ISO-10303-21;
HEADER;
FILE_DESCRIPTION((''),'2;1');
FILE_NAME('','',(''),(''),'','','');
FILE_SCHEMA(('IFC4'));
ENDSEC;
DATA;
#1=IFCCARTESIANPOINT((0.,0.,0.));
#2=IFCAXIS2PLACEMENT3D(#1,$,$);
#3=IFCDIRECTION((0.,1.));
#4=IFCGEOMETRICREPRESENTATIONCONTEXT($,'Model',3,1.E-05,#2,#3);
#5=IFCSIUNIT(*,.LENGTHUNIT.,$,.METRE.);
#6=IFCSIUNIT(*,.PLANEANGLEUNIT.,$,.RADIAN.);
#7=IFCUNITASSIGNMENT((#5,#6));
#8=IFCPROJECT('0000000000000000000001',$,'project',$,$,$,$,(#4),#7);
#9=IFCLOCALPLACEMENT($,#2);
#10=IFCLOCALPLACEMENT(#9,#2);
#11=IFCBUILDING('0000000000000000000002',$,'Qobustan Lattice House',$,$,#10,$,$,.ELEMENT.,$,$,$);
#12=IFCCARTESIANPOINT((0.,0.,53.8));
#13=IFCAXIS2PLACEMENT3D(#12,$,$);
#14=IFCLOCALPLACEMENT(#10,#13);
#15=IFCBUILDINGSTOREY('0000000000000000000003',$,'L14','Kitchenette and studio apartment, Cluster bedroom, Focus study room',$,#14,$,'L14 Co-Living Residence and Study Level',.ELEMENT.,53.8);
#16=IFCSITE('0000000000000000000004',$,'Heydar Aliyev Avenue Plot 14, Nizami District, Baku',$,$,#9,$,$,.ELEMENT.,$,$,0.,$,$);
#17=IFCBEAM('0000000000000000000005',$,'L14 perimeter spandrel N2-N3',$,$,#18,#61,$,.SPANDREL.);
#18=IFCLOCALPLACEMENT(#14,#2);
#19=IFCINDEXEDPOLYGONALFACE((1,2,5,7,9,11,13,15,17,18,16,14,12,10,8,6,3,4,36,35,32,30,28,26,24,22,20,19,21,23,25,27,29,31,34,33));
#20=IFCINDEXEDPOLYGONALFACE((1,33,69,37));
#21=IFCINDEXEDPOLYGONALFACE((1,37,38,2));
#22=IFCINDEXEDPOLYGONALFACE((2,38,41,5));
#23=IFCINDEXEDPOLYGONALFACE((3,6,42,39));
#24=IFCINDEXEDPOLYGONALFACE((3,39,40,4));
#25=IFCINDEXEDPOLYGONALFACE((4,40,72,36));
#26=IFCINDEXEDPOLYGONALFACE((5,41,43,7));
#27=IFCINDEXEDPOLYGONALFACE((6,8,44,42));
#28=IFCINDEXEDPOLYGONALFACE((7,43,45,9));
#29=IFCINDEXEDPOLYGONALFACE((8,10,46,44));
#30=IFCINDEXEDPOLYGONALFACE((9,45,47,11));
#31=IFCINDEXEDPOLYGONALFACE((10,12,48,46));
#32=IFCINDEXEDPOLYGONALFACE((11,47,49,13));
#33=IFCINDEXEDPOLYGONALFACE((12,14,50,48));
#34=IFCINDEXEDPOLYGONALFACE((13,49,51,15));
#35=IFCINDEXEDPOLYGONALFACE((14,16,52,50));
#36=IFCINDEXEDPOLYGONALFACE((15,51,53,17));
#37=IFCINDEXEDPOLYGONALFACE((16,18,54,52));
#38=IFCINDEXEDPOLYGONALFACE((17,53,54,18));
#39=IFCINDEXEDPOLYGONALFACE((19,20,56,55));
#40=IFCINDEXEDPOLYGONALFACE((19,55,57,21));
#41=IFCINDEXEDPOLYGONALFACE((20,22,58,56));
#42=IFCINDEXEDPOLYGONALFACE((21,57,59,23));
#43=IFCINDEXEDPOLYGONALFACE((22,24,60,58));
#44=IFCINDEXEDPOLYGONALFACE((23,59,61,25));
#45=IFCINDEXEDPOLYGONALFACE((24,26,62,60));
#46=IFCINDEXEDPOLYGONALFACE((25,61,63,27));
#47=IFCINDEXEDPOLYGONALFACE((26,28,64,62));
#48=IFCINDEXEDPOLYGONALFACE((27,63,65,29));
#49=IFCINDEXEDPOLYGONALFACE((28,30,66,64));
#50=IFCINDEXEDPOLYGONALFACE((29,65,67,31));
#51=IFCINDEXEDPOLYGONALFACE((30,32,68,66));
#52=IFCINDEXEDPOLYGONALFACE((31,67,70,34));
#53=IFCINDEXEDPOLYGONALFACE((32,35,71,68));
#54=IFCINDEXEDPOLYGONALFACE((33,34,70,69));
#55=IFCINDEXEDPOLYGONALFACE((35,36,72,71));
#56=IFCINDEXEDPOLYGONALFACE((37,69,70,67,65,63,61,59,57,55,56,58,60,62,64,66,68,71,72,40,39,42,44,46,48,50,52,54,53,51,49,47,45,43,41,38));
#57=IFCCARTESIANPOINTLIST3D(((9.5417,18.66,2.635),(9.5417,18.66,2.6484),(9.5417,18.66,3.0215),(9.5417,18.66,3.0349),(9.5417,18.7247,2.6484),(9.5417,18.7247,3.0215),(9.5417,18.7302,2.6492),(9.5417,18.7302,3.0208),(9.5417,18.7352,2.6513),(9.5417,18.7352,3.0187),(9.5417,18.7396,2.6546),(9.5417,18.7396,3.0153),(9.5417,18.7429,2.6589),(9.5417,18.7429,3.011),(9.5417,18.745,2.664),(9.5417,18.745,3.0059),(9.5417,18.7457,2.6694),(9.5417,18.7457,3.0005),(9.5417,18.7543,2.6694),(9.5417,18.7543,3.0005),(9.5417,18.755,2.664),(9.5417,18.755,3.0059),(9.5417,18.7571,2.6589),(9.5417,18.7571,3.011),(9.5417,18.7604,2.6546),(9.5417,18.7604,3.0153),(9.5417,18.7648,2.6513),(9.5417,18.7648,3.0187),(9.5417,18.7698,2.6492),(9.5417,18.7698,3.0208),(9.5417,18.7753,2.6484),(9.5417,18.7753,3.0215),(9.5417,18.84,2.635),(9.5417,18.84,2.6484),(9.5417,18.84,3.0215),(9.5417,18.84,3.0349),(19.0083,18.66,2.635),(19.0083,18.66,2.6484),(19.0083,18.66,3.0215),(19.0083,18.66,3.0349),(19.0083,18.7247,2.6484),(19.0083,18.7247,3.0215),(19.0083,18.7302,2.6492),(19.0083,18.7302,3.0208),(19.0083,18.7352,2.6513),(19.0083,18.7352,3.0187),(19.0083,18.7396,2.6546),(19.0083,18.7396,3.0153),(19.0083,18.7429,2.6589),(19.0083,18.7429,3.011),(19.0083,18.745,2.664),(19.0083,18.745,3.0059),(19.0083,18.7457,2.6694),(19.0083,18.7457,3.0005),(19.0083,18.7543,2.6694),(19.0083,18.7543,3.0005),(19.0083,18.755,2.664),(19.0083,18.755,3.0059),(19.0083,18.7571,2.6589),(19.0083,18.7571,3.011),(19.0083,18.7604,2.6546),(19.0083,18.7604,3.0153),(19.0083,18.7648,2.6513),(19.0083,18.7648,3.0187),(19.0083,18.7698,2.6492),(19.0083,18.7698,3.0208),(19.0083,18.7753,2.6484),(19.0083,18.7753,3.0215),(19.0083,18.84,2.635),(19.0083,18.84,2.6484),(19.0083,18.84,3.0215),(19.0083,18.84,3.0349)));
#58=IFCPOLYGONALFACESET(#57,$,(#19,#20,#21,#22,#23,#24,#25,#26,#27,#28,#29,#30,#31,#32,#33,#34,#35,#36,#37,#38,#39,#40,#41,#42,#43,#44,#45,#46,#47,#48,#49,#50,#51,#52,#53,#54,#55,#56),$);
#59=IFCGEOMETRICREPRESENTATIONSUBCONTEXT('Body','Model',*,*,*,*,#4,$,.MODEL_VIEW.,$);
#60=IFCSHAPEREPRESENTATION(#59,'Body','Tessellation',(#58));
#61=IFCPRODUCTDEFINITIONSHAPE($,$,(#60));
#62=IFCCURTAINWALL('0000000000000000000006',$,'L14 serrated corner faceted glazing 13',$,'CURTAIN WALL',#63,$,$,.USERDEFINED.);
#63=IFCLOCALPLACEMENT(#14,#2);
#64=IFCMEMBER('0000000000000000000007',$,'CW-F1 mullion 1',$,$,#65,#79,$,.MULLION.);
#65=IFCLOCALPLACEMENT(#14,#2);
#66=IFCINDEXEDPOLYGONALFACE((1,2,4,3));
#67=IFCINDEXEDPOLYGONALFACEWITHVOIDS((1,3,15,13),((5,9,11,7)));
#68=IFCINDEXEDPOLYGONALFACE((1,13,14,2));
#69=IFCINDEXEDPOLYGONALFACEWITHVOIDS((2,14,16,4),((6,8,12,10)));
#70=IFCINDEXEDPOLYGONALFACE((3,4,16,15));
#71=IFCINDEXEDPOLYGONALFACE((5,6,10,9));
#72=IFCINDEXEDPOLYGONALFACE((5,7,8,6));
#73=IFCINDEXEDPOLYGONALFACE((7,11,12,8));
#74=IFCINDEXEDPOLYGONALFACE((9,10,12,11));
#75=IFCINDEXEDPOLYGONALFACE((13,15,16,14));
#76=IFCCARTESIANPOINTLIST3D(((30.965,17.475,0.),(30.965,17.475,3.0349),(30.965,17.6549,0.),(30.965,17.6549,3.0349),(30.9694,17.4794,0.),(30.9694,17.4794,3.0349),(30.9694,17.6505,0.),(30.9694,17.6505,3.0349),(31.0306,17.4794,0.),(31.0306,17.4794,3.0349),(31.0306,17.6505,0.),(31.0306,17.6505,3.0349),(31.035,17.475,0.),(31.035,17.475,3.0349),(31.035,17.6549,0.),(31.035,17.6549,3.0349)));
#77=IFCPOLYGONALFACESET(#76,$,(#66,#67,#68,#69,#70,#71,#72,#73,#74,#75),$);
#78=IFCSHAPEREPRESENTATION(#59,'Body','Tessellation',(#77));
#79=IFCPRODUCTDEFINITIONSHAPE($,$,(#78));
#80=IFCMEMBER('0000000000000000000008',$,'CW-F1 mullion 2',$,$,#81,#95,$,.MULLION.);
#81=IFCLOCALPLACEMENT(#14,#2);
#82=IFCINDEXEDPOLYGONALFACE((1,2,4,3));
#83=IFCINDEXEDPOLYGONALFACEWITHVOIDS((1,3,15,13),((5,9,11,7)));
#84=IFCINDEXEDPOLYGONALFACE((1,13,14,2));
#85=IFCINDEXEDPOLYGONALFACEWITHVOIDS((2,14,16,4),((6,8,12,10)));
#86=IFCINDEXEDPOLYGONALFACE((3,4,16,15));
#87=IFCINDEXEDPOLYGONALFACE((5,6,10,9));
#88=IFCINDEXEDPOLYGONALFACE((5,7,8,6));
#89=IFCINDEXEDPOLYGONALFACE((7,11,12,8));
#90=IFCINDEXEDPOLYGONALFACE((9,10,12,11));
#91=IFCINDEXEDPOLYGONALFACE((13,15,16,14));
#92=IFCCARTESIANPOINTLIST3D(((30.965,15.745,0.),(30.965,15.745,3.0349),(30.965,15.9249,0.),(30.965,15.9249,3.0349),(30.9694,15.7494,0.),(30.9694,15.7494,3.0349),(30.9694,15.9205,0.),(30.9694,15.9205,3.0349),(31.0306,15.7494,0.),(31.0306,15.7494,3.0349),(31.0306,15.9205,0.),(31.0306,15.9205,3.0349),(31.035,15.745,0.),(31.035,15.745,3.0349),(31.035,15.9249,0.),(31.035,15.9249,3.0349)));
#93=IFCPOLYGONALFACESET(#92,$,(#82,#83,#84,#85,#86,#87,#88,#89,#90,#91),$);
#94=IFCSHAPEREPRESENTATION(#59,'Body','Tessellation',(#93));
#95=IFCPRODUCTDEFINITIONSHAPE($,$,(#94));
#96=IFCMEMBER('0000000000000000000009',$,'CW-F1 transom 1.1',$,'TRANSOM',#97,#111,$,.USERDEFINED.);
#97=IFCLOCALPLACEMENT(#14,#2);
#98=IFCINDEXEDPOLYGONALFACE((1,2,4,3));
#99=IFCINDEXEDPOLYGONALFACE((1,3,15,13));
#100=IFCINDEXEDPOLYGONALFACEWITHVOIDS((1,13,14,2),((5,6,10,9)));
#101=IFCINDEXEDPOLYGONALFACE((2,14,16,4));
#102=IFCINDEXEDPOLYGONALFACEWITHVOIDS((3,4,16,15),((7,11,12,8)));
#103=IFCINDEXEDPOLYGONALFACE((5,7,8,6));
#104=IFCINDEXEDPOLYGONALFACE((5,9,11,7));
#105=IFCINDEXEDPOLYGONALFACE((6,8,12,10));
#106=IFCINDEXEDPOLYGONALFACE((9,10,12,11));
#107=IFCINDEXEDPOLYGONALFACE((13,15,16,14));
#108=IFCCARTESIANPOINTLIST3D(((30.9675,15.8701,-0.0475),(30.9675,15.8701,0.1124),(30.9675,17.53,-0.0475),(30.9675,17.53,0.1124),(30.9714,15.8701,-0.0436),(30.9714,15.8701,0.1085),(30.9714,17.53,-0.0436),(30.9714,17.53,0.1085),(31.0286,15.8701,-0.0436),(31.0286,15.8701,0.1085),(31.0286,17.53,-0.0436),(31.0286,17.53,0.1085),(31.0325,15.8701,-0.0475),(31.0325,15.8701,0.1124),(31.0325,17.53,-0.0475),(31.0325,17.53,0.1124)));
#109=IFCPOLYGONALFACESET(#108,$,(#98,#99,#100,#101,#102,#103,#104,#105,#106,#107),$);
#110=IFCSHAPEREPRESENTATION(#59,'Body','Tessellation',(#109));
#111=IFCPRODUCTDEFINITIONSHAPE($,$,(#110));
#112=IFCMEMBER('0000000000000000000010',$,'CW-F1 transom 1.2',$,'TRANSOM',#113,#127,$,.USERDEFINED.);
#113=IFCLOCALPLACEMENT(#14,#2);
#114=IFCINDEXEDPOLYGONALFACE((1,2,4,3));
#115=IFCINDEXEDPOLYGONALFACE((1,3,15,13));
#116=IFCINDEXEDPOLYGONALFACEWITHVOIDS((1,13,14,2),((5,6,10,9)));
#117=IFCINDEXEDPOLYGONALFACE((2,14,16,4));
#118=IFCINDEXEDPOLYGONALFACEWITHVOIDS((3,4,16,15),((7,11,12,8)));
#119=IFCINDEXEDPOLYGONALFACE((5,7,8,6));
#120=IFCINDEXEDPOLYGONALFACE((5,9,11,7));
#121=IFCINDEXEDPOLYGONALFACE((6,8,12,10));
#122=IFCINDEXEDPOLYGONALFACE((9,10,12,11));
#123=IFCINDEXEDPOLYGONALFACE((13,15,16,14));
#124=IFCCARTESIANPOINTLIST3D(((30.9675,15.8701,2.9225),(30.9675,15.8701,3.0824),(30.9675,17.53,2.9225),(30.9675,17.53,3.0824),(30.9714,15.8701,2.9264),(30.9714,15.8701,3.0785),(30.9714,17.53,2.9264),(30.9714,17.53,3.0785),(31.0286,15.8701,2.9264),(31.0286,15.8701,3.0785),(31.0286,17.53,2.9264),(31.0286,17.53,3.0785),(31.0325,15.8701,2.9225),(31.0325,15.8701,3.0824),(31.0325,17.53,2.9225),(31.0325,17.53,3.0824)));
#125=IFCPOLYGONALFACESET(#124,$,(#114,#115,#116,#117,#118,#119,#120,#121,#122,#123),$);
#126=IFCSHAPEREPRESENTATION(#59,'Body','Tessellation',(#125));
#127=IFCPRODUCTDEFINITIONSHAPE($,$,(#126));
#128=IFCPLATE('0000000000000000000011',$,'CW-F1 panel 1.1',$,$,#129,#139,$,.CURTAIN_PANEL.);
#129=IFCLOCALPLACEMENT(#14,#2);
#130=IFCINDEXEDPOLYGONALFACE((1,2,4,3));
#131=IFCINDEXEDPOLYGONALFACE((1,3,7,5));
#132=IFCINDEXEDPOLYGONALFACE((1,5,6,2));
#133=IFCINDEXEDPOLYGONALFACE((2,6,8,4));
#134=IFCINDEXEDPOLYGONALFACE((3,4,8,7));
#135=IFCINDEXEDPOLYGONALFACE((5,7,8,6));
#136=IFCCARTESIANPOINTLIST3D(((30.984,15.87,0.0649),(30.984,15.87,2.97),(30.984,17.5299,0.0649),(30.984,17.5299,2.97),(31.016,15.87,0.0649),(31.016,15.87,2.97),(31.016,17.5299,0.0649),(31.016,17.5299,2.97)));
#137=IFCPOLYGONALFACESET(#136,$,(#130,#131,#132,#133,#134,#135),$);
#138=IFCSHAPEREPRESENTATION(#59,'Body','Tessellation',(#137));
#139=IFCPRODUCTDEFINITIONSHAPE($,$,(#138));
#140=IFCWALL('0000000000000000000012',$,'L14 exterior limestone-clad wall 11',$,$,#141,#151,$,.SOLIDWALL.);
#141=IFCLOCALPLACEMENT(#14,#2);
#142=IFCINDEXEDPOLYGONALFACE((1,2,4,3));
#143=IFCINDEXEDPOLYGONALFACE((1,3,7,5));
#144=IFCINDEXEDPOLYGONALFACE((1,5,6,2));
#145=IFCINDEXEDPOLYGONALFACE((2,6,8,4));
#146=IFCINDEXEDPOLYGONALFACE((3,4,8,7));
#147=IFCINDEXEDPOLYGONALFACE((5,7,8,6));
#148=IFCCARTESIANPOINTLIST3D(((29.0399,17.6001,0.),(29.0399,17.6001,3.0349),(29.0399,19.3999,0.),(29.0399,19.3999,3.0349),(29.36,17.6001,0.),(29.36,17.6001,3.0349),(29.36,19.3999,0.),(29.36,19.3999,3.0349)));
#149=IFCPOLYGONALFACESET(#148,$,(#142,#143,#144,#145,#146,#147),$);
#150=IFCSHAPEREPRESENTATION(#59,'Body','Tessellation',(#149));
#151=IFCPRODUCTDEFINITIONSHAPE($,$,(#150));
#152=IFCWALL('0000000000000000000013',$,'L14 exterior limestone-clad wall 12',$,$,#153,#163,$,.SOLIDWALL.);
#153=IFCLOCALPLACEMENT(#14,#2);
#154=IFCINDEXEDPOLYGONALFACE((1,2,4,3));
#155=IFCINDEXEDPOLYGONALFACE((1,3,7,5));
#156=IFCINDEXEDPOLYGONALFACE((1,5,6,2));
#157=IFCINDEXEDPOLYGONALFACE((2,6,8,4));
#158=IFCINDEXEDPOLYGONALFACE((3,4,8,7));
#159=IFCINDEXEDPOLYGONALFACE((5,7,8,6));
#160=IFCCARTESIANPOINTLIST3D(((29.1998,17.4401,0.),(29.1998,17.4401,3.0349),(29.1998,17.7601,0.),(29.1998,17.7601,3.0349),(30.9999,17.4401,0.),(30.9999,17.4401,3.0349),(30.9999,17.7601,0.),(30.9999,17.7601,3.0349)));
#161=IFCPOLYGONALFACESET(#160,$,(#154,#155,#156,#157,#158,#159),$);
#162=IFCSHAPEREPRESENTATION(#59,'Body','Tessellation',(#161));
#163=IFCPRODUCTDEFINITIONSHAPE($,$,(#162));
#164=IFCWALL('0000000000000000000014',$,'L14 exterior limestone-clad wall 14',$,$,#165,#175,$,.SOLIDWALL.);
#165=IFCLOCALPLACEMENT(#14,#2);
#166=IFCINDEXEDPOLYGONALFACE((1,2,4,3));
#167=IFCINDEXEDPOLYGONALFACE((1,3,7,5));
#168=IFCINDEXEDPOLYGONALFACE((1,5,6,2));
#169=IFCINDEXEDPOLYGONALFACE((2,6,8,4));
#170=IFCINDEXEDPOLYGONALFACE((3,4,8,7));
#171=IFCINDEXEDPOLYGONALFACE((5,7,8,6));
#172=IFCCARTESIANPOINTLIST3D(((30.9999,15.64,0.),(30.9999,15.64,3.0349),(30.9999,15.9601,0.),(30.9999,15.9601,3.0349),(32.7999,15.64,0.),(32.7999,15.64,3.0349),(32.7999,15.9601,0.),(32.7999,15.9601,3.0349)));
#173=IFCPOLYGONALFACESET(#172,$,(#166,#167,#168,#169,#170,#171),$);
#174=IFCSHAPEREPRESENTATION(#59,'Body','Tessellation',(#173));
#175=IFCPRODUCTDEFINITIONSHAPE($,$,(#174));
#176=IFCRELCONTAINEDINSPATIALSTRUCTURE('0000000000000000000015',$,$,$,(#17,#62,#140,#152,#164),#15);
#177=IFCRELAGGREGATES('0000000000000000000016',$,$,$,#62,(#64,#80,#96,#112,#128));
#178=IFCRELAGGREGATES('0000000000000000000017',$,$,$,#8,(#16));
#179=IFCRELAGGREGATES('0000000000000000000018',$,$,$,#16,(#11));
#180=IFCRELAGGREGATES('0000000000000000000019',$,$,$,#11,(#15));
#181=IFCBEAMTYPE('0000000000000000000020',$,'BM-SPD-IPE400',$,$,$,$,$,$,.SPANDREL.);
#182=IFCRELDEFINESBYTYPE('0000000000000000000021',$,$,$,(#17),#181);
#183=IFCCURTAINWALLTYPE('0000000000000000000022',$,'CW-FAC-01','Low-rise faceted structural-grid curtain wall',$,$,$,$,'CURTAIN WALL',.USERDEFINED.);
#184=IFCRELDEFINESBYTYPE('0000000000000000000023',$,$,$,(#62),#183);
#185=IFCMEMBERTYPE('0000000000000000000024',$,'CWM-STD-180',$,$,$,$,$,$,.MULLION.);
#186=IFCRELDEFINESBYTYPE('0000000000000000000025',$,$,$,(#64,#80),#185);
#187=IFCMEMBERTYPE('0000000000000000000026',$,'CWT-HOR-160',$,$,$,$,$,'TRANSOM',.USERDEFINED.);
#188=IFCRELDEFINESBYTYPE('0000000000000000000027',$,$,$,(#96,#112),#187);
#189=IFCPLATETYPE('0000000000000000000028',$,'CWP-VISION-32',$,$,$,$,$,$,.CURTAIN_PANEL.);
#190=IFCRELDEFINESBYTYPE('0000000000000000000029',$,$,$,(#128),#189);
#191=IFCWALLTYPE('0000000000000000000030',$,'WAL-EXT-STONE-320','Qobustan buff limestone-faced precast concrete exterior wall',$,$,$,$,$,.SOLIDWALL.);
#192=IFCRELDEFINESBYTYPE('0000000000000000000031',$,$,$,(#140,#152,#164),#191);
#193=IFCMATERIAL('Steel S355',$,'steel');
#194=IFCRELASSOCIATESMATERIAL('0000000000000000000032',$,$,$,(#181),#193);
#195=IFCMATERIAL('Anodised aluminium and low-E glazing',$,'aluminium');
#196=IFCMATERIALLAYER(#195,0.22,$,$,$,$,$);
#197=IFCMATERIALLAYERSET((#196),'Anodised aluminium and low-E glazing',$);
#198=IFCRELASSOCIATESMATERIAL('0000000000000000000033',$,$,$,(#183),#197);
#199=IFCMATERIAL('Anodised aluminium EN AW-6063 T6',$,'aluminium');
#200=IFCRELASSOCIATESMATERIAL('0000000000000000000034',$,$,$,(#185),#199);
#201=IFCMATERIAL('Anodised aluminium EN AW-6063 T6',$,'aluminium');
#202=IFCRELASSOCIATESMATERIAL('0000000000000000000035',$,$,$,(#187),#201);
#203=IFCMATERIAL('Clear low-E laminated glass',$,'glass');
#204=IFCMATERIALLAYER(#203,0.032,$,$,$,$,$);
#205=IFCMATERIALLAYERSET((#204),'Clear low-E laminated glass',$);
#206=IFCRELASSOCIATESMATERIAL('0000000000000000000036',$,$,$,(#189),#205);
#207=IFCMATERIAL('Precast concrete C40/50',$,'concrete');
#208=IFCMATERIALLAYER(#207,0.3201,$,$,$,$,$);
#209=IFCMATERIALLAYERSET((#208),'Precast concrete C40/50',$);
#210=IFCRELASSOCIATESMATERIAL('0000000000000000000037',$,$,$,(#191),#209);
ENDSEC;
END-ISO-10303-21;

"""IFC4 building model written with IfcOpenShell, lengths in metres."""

from ifc_helpers import new_model, si_unit, direction, frame, frame_2d, origin, origin_2d, place, context, subcontext, project, spatial, rectangle, hollow_rectangle, i_section, extrude, material, layer, layer_set, material_profile, profile_set, type_object, element, aggregate, save


model = new_model("IFC4")

# Units and contexts
model_context = context("Model", 3, precision=1e-05, world=origin(), true_north=direction((0.0, 1.0)))
body_context = subcontext(model_context, "Body", "Model", "MODEL_VIEW")
ifc_project = project(units=[si_unit("LENGTHUNIT", "METRE"), si_unit("PLANEANGLEUNIT", "RADIAN")], contexts=[model_context])

# Site, building, storey
site_placement = place(None, origin())
site = spatial("IfcSite", under=ifc_project, at=site_placement, Name="Heydar Aliyev Avenue Plot 14, Nizami District, Baku", CompositionType="ELEMENT", RefElevation=0.0)
building_placement = place(site_placement, origin())
building = spatial("IfcBuilding", under=site, at=building_placement, Name="Qobustan Lattice House", CompositionType="ELEMENT")
storey_placement = place(building_placement, frame((0.0, 0.0, 53.8)))
storey = spatial("IfcBuildingStorey", under=building, at=storey_placement, Name="L14", Description="Kitchenette and studio apartment, Cluster bedroom, Focus study room", LongName="L14 Co-Living Residence and Study Level", CompositionType="ELEMENT", Elevation=53.8)

# Beam
ifc_material_1 = material(Name="Steel S355", Category="steel")
ifc_material_profile_1 = material_profile(ifc_material_1, i_section(OverallWidth=0.1799, OverallDepth=0.3999, WebThickness=0.0085, FlangeThickness=0.0134, FilletRadius=0.021, at=origin_2d()), Name="IPE400")
ifc_profile_set_1 = profile_set([ifc_material_profile_1], Name="Steel S355")
beam_type_1 = type_object("IfcBeamType", Name="BM-SPD-IPE400", PredefinedType="SPANDREL", material=ifc_profile_set_1)
for number, where, z_axis, x_axis, name in (
    (1, (19.0083, 18.75, 2.835), (-1.0, 0.0, 0.0), (0.0, -1.0, 0.0), "L14 perimeter spandrel N2-N3"),
):
    element("IfcBeam", number, at=place(storey_placement, frame(where, z_axis=z_axis, x_axis=x_axis)), inside=storey, type_object=beam_type_1, Name=name, PredefinedType="SPANDREL", context=body_context, shape_type="SweptSolid", body=[
        extrude(i_section(OverallWidth=0.1799, OverallDepth=0.3999, WebThickness=0.0085, FlangeThickness=0.0134, FilletRadius=0.021, at=origin_2d()), origin(), (0.0, 0.0, 1.0), 9.4666),
    ])

# Curtain wall, members, plate
ifc_material_2 = material(Name="Anodised aluminium and low-E glazing", Category="aluminium")
ifc_layer_1 = layer(ifc_material_2, 0.22)
ifc_layer_set_1 = layer_set([ifc_layer_1], Name="Anodised aluminium and low-E glazing")
curtain_wall_type = type_object("IfcCurtainWallType", Name="CW-FAC-01", Description="Low-rise faceted structural-grid curtain wall", ElementType="CURTAIN WALL", PredefinedType="USERDEFINED", material=ifc_layer_set_1)
curtain_wall_placement = place(storey_placement, origin())
curtain_wall = element("IfcCurtainWall", 2, at=curtain_wall_placement, inside=storey, type_object=curtain_wall_type, Name="L14 serrated corner faceted glazing 13", ObjectType="CURTAIN WALL", PredefinedType="USERDEFINED")
ifc_material_3 = material(Name="Anodised aluminium EN AW-6063 T6", Category="aluminium")
ifc_material_profile_2 = material_profile(ifc_material_3, hollow_rectangle(XDim=0.0701, YDim=0.1799, WallThickness=0.0044, at=origin_2d()), Name="CWM-180x70")
ifc_profile_set_2 = profile_set([ifc_material_profile_2], Name="Anodised aluminium EN AW-6063 T6")
member_type_1 = type_object("IfcMemberType", Name="CWM-STD-180", PredefinedType="MULLION", material=ifc_profile_set_2)
member_1_placement = place(storey_placement, frame((31.0, 17.5649, 0.0), z_axis=(0.0, 0.0, 1.0), x_axis=(1.0, 0.0, 0.0)))
member_1 = element("IfcMember", 3, at=member_1_placement, type_object=member_type_1, Name="CW-F1 mullion 1", PredefinedType="MULLION", context=body_context, shape_type="SweptSolid", body=[
    extrude(hollow_rectangle(XDim=0.0701, YDim=0.1799, WallThickness=0.0044, at=origin_2d()), origin(), (0.0, 0.0, 1.0), 3.0349),
])
member_2_placement = place(storey_placement, frame((31.0, 15.835, 0.0), z_axis=(0.0, 0.0, 1.0), x_axis=(1.0, 0.0, 0.0)))
member_2 = element("IfcMember", 4, at=member_2_placement, type_object=member_type_1, Name="CW-F1 mullion 2", PredefinedType="MULLION", context=body_context, shape_type="SweptSolid", body=[
    extrude(hollow_rectangle(XDim=0.0701, YDim=0.1799, WallThickness=0.0044, at=origin_2d()), origin(), (0.0, 0.0, 1.0), 3.0349),
])
ifc_material_4 = material(Name="Anodised aluminium EN AW-6063 T6", Category="aluminium")
ifc_material_profile_3 = material_profile(ifc_material_4, hollow_rectangle(XDim=0.0649, YDim=0.1599, WallThickness=0.0039, at=origin_2d()), Name="CWT-160x65")
ifc_profile_set_3 = profile_set([ifc_material_profile_3], Name="Anodised aluminium EN AW-6063 T6")
member_type_2 = type_object("IfcMemberType", Name="CWT-HOR-160", ElementType="TRANSOM", PredefinedType="USERDEFINED", material=ifc_profile_set_3)
member_3_placement = place(storey_placement, frame((31.0, 17.53, 0.0325), z_axis=(0.0, -1.0, 0.0), x_axis=(1.0, 0.0, 0.0)))
member_3 = element("IfcMember", 5, at=member_3_placement, type_object=member_type_2, Name="CW-F1 transom 1.1", ObjectType="TRANSOM", PredefinedType="USERDEFINED", context=body_context, shape_type="SweptSolid", body=[
    extrude(hollow_rectangle(XDim=0.0649, YDim=0.1599, WallThickness=0.0039, at=origin_2d()), origin(), (0.0, 0.0, 1.0), 1.6599),
])
member_4_placement = place(storey_placement, frame((31.0, 17.53, 3.0024), z_axis=(0.0, -1.0, 0.0), x_axis=(1.0, 0.0, 0.0)))
member_4 = element("IfcMember", 6, at=member_4_placement, type_object=member_type_2, Name="CW-F1 transom 1.2", ObjectType="TRANSOM", PredefinedType="USERDEFINED", context=body_context, shape_type="SweptSolid", body=[
    extrude(hollow_rectangle(XDim=0.0649, YDim=0.1599, WallThickness=0.0039, at=origin_2d()), origin(), (0.0, 0.0, 1.0), 1.6599),
])
ifc_material_5 = material(Name="Clear low-E laminated glass", Category="glass")
ifc_layer_2 = layer(ifc_material_5, 0.032)
ifc_layer_set_2 = layer_set([ifc_layer_2], Name="Clear low-E laminated glass")
plate_type = type_object("IfcPlateType", Name="CWP-VISION-32", PredefinedType="CURTAIN_PANEL", material=ifc_layer_set_2)
plate_placement = place(storey_placement, frame((31.0, 16.7, 0.0649), z_axis=(0.0, 0.0, 1.0), x_axis=(0.0, -1.0, 0.0)))
plate = element("IfcPlate", 7, at=plate_placement, type_object=plate_type, Name="CW-F1 panel 1.1", PredefinedType="CURTAIN_PANEL", context=body_context, shape_type="SweptSolid", body=[
    extrude(rectangle(XDim=1.6599, YDim=0.032, at=origin_2d()), origin(), (0.0, 0.0, 1.0), 2.905),
])
aggregate(curtain_wall, [member_1, member_2, member_3, member_4, plate])

# Walls
ifc_material_6 = material(Name="Precast concrete C40/50", Category="concrete")
ifc_layer_3 = layer(ifc_material_6, 0.3201)
ifc_layer_set_3 = layer_set([ifc_layer_3], Name="Precast concrete C40/50")
wall_type_1 = type_object("IfcWallType", Name="WAL-EXT-STONE-320", Description="Qobustan buff limestone-faced precast concrete exterior wall", PredefinedType="SOLIDWALL", material=ifc_layer_set_3)
wall_1_placement = place(storey_placement, frame((29.2, 19.3999, 0.0), z_axis=(0.0, 0.0, 1.0), x_axis=(0.0, -1.0, 0.0)))
element("IfcWall", 8, at=wall_1_placement, inside=storey, type_object=wall_type_1, Name="L14 exterior limestone-clad wall 11", PredefinedType="SOLIDWALL", context=body_context, shape_type="SweptSolid", body=[
    extrude(rectangle(XDim=1.7998, YDim=0.3201, at=frame_2d((0.8999, 0.0))), origin(), (0.0, 0.0, 1.0), 3.0349),
])
for number, where, z_axis, x_axis, name in (
    (9, (29.2, 17.6001, 0.0), (0.0, 0.0, 1.0), (1.0, 0.0, 0.0), "L14 exterior limestone-clad wall 12"),
    (10, (31.0, 15.8, 0.0), (0.0, 0.0, 1.0), (1.0, 0.0, 0.0), "L14 exterior limestone-clad wall 14"),
):
    element("IfcWall", number, at=place(storey_placement, frame(where, z_axis=z_axis, x_axis=x_axis)), inside=storey, type_object=wall_type_1, Name=name, PredefinedType="SOLIDWALL", context=body_context, shape_type="SweptSolid", body=[
        extrude(rectangle(XDim=1.8, YDim=0.3201, at=frame_2d((0.8999, 0.0))), origin(), (0.0, 0.0, 1.0), 3.0349),
    ])

save(model, "model.ifc")
